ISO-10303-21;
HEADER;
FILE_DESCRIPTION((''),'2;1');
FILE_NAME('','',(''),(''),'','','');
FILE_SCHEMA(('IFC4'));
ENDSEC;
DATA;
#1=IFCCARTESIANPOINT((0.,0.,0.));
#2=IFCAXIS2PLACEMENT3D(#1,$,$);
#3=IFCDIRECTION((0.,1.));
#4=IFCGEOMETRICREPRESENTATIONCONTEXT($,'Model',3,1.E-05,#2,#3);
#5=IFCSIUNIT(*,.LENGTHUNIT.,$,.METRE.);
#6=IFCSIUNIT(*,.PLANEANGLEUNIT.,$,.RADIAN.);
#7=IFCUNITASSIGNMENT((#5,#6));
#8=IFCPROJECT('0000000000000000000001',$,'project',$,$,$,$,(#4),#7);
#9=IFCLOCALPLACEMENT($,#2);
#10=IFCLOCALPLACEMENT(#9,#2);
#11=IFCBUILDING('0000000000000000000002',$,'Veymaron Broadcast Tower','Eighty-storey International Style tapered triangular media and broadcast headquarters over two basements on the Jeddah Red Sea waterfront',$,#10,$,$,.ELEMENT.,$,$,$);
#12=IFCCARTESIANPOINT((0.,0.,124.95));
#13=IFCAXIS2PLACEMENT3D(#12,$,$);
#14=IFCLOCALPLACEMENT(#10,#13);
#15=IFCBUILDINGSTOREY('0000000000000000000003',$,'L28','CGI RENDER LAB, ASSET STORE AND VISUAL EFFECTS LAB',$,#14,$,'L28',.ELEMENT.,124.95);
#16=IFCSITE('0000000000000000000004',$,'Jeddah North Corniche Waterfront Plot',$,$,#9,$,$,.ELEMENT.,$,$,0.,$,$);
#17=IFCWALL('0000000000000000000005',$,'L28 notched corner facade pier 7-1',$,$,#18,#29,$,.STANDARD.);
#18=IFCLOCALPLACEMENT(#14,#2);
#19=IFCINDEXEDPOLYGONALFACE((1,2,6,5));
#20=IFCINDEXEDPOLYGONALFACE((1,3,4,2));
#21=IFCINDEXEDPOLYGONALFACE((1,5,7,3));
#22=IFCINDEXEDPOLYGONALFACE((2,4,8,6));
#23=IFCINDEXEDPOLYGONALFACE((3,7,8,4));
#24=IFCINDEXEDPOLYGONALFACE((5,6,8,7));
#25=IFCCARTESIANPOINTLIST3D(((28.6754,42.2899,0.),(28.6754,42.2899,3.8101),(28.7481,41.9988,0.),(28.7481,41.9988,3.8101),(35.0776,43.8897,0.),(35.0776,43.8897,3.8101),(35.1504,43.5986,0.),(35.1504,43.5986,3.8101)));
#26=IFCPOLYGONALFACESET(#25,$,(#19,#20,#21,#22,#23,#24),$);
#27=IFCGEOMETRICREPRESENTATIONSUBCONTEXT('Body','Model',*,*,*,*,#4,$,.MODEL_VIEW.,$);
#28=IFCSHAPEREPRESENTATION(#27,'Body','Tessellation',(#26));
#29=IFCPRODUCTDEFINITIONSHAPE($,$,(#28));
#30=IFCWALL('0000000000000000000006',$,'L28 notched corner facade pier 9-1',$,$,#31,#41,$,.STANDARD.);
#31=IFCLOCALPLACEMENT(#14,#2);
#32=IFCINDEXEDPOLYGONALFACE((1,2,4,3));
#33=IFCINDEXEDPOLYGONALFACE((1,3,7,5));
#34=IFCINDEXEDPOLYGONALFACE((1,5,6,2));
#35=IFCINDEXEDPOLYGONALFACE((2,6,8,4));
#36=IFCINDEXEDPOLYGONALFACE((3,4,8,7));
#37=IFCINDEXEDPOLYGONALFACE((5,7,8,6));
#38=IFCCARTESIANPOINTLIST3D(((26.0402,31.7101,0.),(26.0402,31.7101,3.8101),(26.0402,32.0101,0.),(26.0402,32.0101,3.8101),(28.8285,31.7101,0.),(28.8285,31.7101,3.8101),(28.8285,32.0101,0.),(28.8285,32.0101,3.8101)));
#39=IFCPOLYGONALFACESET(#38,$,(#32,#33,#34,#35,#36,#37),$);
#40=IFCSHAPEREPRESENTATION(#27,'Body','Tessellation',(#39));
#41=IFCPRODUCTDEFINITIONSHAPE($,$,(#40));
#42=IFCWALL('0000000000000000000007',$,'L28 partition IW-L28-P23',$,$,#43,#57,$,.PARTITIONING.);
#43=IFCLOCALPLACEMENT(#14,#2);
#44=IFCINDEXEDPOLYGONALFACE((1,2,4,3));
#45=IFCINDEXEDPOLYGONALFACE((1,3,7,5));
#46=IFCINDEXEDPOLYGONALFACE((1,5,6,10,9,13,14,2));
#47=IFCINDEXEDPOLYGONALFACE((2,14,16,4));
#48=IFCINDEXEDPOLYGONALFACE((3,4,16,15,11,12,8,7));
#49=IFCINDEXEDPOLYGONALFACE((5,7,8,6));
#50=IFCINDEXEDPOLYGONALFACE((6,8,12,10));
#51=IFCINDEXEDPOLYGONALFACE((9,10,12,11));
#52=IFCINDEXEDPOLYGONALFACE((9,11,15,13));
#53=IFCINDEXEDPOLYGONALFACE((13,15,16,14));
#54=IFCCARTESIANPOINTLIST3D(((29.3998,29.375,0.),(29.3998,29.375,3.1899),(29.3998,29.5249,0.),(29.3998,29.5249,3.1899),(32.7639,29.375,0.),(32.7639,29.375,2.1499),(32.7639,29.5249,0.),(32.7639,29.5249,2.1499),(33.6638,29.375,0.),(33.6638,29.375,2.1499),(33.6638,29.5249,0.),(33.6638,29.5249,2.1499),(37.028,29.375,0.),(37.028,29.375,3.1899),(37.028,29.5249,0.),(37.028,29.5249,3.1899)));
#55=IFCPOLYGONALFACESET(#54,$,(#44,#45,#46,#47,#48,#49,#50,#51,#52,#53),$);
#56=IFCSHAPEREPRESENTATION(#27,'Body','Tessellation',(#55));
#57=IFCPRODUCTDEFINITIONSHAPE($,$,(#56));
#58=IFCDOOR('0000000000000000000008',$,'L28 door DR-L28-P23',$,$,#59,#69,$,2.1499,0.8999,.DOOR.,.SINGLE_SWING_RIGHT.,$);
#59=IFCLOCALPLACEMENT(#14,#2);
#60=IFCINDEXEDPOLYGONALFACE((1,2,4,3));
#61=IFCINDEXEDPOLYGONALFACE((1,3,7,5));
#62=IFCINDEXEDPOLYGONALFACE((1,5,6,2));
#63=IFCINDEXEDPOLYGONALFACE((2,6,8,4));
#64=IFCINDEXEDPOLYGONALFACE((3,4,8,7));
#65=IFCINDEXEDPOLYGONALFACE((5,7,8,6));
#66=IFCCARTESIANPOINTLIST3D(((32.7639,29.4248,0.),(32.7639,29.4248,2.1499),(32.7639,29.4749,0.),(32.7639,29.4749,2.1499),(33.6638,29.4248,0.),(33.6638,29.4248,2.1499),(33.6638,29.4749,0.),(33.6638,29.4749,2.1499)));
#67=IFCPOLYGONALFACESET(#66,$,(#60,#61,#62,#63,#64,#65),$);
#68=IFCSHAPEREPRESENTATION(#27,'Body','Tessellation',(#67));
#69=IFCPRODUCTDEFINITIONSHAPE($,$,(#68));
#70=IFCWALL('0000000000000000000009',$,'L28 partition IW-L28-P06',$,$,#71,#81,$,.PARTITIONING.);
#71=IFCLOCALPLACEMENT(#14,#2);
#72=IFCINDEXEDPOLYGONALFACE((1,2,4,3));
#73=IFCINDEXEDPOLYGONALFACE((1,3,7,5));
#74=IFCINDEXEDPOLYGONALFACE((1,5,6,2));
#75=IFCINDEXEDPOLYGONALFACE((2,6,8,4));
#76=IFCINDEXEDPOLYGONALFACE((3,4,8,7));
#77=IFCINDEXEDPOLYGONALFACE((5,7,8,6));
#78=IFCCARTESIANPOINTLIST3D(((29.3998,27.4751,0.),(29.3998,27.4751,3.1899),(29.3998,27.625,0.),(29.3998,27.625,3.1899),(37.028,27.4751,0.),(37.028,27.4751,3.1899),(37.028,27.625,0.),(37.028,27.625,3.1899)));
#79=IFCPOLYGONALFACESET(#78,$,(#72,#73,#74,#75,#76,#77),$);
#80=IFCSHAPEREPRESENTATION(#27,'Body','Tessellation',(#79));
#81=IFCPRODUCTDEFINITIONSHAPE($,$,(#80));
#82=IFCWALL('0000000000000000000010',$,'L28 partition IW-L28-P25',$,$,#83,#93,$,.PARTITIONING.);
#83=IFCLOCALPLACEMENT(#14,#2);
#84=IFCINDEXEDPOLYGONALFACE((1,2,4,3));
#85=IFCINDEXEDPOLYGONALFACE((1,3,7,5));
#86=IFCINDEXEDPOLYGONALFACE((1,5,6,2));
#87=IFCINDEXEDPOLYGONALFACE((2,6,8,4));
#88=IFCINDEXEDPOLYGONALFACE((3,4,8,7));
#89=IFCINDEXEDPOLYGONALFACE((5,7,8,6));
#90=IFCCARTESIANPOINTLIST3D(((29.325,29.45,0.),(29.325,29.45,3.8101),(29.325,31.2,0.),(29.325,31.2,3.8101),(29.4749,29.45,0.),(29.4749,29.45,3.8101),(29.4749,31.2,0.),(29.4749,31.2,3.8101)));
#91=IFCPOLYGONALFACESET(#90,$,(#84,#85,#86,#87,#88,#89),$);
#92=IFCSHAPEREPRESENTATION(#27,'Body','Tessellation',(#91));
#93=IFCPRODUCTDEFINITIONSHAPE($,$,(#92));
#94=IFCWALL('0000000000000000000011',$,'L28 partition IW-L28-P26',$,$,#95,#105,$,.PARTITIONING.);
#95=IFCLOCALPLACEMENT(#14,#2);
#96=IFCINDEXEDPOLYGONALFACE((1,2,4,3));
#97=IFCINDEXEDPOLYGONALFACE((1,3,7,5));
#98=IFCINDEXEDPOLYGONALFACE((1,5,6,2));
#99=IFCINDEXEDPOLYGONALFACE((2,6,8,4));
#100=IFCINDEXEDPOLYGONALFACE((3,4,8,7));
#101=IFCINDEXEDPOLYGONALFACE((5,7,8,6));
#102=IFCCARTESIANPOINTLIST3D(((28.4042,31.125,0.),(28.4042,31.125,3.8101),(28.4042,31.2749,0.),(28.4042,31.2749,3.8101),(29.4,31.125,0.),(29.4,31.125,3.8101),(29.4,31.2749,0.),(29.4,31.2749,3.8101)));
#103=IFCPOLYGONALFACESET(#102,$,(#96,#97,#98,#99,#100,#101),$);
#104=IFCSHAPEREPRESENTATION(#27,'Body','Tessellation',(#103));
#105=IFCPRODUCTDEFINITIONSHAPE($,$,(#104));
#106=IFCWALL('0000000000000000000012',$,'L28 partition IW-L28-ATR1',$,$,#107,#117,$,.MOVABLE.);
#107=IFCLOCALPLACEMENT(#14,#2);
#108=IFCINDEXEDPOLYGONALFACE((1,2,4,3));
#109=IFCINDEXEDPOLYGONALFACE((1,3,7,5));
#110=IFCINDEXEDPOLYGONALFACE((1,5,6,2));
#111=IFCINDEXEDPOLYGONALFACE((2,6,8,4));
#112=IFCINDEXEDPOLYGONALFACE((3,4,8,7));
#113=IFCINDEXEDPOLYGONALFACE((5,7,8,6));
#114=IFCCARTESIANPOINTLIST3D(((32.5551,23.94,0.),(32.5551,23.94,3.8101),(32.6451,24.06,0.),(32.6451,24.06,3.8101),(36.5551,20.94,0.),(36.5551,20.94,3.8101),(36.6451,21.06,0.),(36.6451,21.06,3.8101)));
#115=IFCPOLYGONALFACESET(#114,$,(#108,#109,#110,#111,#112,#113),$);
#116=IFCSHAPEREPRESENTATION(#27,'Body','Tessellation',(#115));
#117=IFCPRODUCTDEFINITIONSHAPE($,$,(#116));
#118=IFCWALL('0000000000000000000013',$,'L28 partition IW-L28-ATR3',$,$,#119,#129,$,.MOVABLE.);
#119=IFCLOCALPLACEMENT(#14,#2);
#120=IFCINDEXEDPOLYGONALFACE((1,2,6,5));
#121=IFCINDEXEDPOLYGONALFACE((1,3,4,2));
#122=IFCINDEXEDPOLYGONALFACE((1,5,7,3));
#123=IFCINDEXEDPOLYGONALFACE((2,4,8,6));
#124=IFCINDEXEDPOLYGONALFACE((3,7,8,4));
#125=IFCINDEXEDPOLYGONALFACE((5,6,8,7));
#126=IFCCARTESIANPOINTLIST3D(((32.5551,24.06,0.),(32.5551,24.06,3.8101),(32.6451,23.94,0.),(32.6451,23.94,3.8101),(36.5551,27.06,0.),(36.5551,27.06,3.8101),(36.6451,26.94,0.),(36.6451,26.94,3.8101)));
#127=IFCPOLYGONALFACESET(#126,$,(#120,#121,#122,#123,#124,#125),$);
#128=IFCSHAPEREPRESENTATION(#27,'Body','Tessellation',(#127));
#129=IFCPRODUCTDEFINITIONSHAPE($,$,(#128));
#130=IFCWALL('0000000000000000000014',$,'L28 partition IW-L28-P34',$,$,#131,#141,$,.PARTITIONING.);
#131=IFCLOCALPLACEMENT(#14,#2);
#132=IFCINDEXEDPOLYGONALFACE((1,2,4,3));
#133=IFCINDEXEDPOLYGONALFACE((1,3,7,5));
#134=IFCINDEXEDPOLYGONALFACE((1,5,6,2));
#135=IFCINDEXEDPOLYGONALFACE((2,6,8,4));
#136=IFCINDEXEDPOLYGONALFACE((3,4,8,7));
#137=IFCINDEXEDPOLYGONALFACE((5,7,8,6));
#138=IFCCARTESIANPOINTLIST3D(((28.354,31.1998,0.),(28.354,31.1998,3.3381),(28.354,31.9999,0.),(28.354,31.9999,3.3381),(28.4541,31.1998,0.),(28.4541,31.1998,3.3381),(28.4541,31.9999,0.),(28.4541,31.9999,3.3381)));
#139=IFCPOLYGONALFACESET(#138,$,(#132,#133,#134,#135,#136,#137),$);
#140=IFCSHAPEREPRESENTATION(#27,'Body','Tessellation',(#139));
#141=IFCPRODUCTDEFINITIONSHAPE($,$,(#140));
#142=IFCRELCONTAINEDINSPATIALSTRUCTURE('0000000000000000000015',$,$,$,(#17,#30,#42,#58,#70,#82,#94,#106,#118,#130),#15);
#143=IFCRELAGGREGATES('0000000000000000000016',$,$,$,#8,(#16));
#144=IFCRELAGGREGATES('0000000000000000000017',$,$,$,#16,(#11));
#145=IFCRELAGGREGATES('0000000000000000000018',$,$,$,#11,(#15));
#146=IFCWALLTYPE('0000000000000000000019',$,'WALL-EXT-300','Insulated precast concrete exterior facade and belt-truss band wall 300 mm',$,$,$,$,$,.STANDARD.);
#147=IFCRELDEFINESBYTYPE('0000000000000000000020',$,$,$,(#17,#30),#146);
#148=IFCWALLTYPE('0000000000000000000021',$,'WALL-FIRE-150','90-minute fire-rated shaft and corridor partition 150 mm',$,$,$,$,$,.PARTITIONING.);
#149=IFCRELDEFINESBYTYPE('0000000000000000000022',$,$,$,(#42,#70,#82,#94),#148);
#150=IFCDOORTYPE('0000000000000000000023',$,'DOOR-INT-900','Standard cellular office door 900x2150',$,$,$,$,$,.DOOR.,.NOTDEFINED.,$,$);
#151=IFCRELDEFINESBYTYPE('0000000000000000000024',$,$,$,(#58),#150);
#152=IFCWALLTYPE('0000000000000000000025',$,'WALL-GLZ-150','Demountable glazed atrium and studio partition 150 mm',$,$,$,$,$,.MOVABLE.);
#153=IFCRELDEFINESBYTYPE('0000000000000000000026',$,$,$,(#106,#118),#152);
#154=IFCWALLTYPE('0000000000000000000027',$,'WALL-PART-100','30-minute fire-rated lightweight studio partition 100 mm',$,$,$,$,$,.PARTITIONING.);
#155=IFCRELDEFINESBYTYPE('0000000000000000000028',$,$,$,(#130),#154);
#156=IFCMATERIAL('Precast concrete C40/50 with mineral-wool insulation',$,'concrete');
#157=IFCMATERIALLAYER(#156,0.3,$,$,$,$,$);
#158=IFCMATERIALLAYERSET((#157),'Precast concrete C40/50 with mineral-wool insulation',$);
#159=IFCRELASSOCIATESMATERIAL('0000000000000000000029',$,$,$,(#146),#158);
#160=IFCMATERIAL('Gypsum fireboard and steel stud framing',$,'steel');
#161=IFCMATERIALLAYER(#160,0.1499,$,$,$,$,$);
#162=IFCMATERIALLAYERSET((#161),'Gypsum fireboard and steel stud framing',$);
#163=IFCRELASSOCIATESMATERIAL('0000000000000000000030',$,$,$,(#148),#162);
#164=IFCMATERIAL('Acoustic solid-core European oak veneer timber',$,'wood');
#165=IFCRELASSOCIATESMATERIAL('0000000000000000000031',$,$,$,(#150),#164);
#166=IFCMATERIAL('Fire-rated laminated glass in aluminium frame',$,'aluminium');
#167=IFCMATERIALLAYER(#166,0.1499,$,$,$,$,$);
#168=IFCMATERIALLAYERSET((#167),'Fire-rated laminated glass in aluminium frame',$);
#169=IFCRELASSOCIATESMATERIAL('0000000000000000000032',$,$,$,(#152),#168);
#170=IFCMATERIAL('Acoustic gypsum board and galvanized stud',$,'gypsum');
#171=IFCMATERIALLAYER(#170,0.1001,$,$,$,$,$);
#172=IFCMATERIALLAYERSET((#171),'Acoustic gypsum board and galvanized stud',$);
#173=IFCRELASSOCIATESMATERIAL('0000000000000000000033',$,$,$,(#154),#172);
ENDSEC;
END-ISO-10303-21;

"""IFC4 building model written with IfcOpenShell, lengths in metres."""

from ifc_helpers import new_model, si_unit, direction, frame, frame_2d, origin, place, context, subcontext, project, spatial, rectangle, extrude, material, layer, layer_set, type_object, element, fill, save


model = new_model("IFC4")

# Units and contexts
model_context = context("Model", 3, precision=1e-05, world=origin(), true_north=direction((0.0, 1.0)))
body_context = subcontext(model_context, "Body", "Model", "MODEL_VIEW")
ifc_project = project(units=[si_unit("LENGTHUNIT", "METRE"), si_unit("PLANEANGLEUNIT", "RADIAN")], contexts=[model_context])

# Site, building, storey
site_placement = place(None, origin())
site = spatial("IfcSite", under=ifc_project, at=site_placement, Name="Jeddah North Corniche Waterfront Plot", CompositionType="ELEMENT", RefElevation=0.0)
building_placement = place(site_placement, origin())
building = spatial("IfcBuilding", under=site, at=building_placement, Name="Veymaron Broadcast Tower", Description="Eighty-storey International Style tapered triangular media and broadcast headquarters over two basements on the Jeddah Red Sea waterfront", CompositionType="ELEMENT")
storey_placement = place(building_placement, frame((0.0, 0.0, 124.95)))
storey = spatial("IfcBuildingStorey", under=building, at=storey_placement, Name="L28", Description="CGI RENDER LAB, ASSET STORE AND VISUAL EFFECTS LAB", LongName="L28", CompositionType="ELEMENT", Elevation=124.95)

# Walls
ifc_material_1 = material(Name="Precast concrete C40/50 with mineral-wool insulation", Category="concrete")
ifc_layer_1 = layer(ifc_material_1, 0.3)
ifc_layer_set_1 = layer_set([ifc_layer_1], Name="Precast concrete C40/50 with mineral-wool insulation")
wall_type_1 = type_object("IfcWallType", Name="WALL-EXT-300", Description="Insulated precast concrete exterior facade and belt-truss band wall 300 mm", PredefinedType="STANDARD", material=ifc_layer_set_1)
wall_1_placement = place(storey_placement, frame((35.114, 43.7441, 0.0), z_axis=(0.0, 0.0, 1.0), x_axis=(-0.970169, -0.242431, 0.0)))
element("IfcWall", 1, at=wall_1_placement, inside=storey, type_object=wall_type_1, Name="L28 notched corner facade pier 7-1", PredefinedType="STANDARD", context=body_context, shape_type="SweptSolid", body=[
    extrude(rectangle(XDim=6.5991, YDim=0.3, at=frame_2d((3.2996, 0.0))), origin(), (0.0, 0.0, 1.0), 3.8101),
])
wall_2_placement = place(storey_placement, frame((28.8284, 31.8601, 0.0), z_axis=(0.0, 0.0, 1.0), x_axis=(-1.0, 0.0, 0.0)))
element("IfcWall", 2, at=wall_2_placement, inside=storey, type_object=wall_type_1, Name="L28 notched corner facade pier 9-1", PredefinedType="STANDARD", context=body_context, shape_type="SweptSolid", body=[
    extrude(rectangle(XDim=2.7883, YDim=0.3, at=frame_2d((1.394, 0.0))), origin(), (0.0, 0.0, 1.0), 3.8101),
])

# Wall, opening, door
ifc_material_2 = material(Name="Gypsum fireboard and steel stud framing", Category="steel")
ifc_layer_2 = layer(ifc_material_2, 0.1499)
ifc_layer_set_2 = layer_set([ifc_layer_2], Name="Gypsum fireboard and steel stud framing")
wall_type_2 = type_object("IfcWallType", Name="WALL-FIRE-150", Description="90-minute fire-rated shaft and corridor partition 150 mm", PredefinedType="PARTITIONING", material=ifc_layer_set_2)
wall_3_placement = place(storey_placement, frame((29.3999, 29.45, 0.0), z_axis=(0.0, 0.0, 1.0), x_axis=(1.0, 0.0, 0.0)))
wall_3 = element("IfcWall", 3, at=wall_3_placement, inside=storey, type_object=wall_type_2, Name="L28 partition IW-L28-P23", PredefinedType="PARTITIONING", context=body_context, shape_type="SweptSolid", body=[
    extrude(rectangle(XDim=7.6282, YDim=0.1499, at=frame_2d((3.814, 0.0))), origin(), (0.0, 0.0, 1.0), 3.1899),
])
opening_placement = place(wall_3_placement, frame((3.364, 0.0, 0.0)))
opening = element("IfcOpeningElement", 4, at=opening_placement, cuts=wall_3, PredefinedType="OPENING", context=body_context, shape_type="SweptSolid", body=[
    extrude(rectangle(XDim=0.8999, YDim=2.1499, at=frame_2d((0.45, 1.075))), frame((0.0, 0.085, 0.0), z_axis=(0.0, -1.0, 0.0), x_axis=(1.0, 0.0, 0.0)), (0.0, 0.0, 1.0), 0.1699),
])
ifc_material_3 = material(Name="Acoustic solid-core European oak veneer timber", Category="wood")
door_type = type_object("IfcDoorType", Name="DOOR-INT-900", Description="Standard cellular office door 900x2150", OperationType="NOTDEFINED", PredefinedType="DOOR", material=ifc_material_3)
door_placement = place(opening_placement, origin())
door = element("IfcDoor", 5, at=door_placement, inside=storey, type_object=door_type, Name="L28 door DR-L28-P23", OperationType="SINGLE_SWING_RIGHT", OverallHeight=2.1499, OverallWidth=0.8999, PredefinedType="DOOR", context=body_context, shape_type="SweptSolid", body=[
    extrude(rectangle(XDim=0.8999, YDim=2.1499, at=frame_2d((0.45, 1.075))), frame((0.0, 0.0249, 0.0), z_axis=(0.0, -1.0, 0.0), x_axis=(1.0, 0.0, 0.0)), (0.0, 0.0, 1.0), 0.05),
])
fill(opening, door)

# Walls
wall_4_placement = place(storey_placement, frame((29.3999, 27.55, 0.0), z_axis=(0.0, 0.0, 1.0), x_axis=(1.0, 0.0, 0.0)))
element("IfcWall", 6, at=wall_4_placement, inside=storey, type_object=wall_type_2, Name="L28 partition IW-L28-P06", PredefinedType="PARTITIONING", context=body_context, shape_type="SweptSolid", body=[
    extrude(rectangle(XDim=7.6282, YDim=0.1499, at=frame_2d((3.814, 0.0))), origin(), (0.0, 0.0, 1.0), 3.1899),
])
wall_5_placement = place(storey_placement, frame((29.3999, 29.45, 0.0), z_axis=(0.0, 0.0, 1.0), x_axis=(0.0, 1.0, 0.0)))
element("IfcWall", 7, at=wall_5_placement, inside=storey, type_object=wall_type_2, Name="L28 partition IW-L28-P25", PredefinedType="PARTITIONING", context=body_context, shape_type="SweptSolid", body=[
    extrude(rectangle(XDim=1.75, YDim=0.1499, at=frame_2d((0.875, 0.0))), origin(), (0.0, 0.0, 1.0), 3.8101),
])
wall_6_placement = place(storey_placement, frame((28.4041, 31.2, 0.0), z_axis=(0.0, 0.0, 1.0), x_axis=(1.0, 0.0, 0.0)))
element("IfcWall", 8, at=wall_6_placement, inside=storey, type_object=wall_type_2, Name="L28 partition IW-L28-P26", PredefinedType="PARTITIONING", context=body_context, shape_type="SweptSolid", body=[
    extrude(rectangle(XDim=0.9958, YDim=0.1499, at=frame_2d((0.498, 0.0))), origin(), (0.0, 0.0, 1.0), 3.8101),
])
ifc_material_4 = material(Name="Fire-rated laminated glass in aluminium frame", Category="aluminium")
ifc_layer_3 = layer(ifc_material_4, 0.1499)
ifc_layer_set_3 = layer_set([ifc_layer_3], Name="Fire-rated laminated glass in aluminium frame")
wall_type_3 = type_object("IfcWallType", Name="WALL-GLZ-150", Description="Demountable glazed atrium and studio partition 150 mm", PredefinedType="MOVABLE", material=ifc_layer_set_3)
for number, where, z_axis, x_axis, name in (
    (9, (32.6001, 24.0, 0.0), (0.0, 0.0, 1.0), (0.8, -0.6, 0.0), "L28 partition IW-L28-ATR1"),
    (10, (36.6001, 27.0, 0.0), (0.0, 0.0, 1.0), (-0.8, -0.6, 0.0), "L28 partition IW-L28-ATR3"),
):
    element("IfcWall", number, at=place(storey_placement, frame(where, z_axis=z_axis, x_axis=x_axis)), inside=storey, type_object=wall_type_3, Name=name, PredefinedType="MOVABLE", context=body_context, shape_type="SweptSolid", body=[
        extrude(rectangle(XDim=5.0, YDim=0.1499, at=frame_2d((2.5, 0.0))), origin(), (0.0, 0.0, 1.0), 3.8101),
    ])
ifc_material_5 = material(Name="Acoustic gypsum board and galvanized stud", Category="gypsum")
ifc_layer_4 = layer(ifc_material_5, 0.1001)
ifc_layer_set_4 = layer_set([ifc_layer_4], Name="Acoustic gypsum board and galvanized stud")
wall_type_4 = type_object("IfcWallType", Name="WALL-PART-100", Description="30-minute fire-rated lightweight studio partition 100 mm", PredefinedType="PARTITIONING", material=ifc_layer_set_4)
wall_7_placement = place(storey_placement, frame((28.4041, 31.2, 0.0), z_axis=(0.0, 0.0, 1.0), x_axis=(0.0, 1.0, 0.0)))
element("IfcWall", 11, at=wall_7_placement, inside=storey, type_object=wall_type_4, Name="L28 partition IW-L28-P34", PredefinedType="PARTITIONING", context=body_context, shape_type="SweptSolid", body=[
    extrude(rectangle(XDim=0.8, YDim=0.1001, at=frame_2d((0.3999, 0.0))), origin(), (0.0, 0.0, 1.0), 3.3381),
])

save(model, "model.ifc")
